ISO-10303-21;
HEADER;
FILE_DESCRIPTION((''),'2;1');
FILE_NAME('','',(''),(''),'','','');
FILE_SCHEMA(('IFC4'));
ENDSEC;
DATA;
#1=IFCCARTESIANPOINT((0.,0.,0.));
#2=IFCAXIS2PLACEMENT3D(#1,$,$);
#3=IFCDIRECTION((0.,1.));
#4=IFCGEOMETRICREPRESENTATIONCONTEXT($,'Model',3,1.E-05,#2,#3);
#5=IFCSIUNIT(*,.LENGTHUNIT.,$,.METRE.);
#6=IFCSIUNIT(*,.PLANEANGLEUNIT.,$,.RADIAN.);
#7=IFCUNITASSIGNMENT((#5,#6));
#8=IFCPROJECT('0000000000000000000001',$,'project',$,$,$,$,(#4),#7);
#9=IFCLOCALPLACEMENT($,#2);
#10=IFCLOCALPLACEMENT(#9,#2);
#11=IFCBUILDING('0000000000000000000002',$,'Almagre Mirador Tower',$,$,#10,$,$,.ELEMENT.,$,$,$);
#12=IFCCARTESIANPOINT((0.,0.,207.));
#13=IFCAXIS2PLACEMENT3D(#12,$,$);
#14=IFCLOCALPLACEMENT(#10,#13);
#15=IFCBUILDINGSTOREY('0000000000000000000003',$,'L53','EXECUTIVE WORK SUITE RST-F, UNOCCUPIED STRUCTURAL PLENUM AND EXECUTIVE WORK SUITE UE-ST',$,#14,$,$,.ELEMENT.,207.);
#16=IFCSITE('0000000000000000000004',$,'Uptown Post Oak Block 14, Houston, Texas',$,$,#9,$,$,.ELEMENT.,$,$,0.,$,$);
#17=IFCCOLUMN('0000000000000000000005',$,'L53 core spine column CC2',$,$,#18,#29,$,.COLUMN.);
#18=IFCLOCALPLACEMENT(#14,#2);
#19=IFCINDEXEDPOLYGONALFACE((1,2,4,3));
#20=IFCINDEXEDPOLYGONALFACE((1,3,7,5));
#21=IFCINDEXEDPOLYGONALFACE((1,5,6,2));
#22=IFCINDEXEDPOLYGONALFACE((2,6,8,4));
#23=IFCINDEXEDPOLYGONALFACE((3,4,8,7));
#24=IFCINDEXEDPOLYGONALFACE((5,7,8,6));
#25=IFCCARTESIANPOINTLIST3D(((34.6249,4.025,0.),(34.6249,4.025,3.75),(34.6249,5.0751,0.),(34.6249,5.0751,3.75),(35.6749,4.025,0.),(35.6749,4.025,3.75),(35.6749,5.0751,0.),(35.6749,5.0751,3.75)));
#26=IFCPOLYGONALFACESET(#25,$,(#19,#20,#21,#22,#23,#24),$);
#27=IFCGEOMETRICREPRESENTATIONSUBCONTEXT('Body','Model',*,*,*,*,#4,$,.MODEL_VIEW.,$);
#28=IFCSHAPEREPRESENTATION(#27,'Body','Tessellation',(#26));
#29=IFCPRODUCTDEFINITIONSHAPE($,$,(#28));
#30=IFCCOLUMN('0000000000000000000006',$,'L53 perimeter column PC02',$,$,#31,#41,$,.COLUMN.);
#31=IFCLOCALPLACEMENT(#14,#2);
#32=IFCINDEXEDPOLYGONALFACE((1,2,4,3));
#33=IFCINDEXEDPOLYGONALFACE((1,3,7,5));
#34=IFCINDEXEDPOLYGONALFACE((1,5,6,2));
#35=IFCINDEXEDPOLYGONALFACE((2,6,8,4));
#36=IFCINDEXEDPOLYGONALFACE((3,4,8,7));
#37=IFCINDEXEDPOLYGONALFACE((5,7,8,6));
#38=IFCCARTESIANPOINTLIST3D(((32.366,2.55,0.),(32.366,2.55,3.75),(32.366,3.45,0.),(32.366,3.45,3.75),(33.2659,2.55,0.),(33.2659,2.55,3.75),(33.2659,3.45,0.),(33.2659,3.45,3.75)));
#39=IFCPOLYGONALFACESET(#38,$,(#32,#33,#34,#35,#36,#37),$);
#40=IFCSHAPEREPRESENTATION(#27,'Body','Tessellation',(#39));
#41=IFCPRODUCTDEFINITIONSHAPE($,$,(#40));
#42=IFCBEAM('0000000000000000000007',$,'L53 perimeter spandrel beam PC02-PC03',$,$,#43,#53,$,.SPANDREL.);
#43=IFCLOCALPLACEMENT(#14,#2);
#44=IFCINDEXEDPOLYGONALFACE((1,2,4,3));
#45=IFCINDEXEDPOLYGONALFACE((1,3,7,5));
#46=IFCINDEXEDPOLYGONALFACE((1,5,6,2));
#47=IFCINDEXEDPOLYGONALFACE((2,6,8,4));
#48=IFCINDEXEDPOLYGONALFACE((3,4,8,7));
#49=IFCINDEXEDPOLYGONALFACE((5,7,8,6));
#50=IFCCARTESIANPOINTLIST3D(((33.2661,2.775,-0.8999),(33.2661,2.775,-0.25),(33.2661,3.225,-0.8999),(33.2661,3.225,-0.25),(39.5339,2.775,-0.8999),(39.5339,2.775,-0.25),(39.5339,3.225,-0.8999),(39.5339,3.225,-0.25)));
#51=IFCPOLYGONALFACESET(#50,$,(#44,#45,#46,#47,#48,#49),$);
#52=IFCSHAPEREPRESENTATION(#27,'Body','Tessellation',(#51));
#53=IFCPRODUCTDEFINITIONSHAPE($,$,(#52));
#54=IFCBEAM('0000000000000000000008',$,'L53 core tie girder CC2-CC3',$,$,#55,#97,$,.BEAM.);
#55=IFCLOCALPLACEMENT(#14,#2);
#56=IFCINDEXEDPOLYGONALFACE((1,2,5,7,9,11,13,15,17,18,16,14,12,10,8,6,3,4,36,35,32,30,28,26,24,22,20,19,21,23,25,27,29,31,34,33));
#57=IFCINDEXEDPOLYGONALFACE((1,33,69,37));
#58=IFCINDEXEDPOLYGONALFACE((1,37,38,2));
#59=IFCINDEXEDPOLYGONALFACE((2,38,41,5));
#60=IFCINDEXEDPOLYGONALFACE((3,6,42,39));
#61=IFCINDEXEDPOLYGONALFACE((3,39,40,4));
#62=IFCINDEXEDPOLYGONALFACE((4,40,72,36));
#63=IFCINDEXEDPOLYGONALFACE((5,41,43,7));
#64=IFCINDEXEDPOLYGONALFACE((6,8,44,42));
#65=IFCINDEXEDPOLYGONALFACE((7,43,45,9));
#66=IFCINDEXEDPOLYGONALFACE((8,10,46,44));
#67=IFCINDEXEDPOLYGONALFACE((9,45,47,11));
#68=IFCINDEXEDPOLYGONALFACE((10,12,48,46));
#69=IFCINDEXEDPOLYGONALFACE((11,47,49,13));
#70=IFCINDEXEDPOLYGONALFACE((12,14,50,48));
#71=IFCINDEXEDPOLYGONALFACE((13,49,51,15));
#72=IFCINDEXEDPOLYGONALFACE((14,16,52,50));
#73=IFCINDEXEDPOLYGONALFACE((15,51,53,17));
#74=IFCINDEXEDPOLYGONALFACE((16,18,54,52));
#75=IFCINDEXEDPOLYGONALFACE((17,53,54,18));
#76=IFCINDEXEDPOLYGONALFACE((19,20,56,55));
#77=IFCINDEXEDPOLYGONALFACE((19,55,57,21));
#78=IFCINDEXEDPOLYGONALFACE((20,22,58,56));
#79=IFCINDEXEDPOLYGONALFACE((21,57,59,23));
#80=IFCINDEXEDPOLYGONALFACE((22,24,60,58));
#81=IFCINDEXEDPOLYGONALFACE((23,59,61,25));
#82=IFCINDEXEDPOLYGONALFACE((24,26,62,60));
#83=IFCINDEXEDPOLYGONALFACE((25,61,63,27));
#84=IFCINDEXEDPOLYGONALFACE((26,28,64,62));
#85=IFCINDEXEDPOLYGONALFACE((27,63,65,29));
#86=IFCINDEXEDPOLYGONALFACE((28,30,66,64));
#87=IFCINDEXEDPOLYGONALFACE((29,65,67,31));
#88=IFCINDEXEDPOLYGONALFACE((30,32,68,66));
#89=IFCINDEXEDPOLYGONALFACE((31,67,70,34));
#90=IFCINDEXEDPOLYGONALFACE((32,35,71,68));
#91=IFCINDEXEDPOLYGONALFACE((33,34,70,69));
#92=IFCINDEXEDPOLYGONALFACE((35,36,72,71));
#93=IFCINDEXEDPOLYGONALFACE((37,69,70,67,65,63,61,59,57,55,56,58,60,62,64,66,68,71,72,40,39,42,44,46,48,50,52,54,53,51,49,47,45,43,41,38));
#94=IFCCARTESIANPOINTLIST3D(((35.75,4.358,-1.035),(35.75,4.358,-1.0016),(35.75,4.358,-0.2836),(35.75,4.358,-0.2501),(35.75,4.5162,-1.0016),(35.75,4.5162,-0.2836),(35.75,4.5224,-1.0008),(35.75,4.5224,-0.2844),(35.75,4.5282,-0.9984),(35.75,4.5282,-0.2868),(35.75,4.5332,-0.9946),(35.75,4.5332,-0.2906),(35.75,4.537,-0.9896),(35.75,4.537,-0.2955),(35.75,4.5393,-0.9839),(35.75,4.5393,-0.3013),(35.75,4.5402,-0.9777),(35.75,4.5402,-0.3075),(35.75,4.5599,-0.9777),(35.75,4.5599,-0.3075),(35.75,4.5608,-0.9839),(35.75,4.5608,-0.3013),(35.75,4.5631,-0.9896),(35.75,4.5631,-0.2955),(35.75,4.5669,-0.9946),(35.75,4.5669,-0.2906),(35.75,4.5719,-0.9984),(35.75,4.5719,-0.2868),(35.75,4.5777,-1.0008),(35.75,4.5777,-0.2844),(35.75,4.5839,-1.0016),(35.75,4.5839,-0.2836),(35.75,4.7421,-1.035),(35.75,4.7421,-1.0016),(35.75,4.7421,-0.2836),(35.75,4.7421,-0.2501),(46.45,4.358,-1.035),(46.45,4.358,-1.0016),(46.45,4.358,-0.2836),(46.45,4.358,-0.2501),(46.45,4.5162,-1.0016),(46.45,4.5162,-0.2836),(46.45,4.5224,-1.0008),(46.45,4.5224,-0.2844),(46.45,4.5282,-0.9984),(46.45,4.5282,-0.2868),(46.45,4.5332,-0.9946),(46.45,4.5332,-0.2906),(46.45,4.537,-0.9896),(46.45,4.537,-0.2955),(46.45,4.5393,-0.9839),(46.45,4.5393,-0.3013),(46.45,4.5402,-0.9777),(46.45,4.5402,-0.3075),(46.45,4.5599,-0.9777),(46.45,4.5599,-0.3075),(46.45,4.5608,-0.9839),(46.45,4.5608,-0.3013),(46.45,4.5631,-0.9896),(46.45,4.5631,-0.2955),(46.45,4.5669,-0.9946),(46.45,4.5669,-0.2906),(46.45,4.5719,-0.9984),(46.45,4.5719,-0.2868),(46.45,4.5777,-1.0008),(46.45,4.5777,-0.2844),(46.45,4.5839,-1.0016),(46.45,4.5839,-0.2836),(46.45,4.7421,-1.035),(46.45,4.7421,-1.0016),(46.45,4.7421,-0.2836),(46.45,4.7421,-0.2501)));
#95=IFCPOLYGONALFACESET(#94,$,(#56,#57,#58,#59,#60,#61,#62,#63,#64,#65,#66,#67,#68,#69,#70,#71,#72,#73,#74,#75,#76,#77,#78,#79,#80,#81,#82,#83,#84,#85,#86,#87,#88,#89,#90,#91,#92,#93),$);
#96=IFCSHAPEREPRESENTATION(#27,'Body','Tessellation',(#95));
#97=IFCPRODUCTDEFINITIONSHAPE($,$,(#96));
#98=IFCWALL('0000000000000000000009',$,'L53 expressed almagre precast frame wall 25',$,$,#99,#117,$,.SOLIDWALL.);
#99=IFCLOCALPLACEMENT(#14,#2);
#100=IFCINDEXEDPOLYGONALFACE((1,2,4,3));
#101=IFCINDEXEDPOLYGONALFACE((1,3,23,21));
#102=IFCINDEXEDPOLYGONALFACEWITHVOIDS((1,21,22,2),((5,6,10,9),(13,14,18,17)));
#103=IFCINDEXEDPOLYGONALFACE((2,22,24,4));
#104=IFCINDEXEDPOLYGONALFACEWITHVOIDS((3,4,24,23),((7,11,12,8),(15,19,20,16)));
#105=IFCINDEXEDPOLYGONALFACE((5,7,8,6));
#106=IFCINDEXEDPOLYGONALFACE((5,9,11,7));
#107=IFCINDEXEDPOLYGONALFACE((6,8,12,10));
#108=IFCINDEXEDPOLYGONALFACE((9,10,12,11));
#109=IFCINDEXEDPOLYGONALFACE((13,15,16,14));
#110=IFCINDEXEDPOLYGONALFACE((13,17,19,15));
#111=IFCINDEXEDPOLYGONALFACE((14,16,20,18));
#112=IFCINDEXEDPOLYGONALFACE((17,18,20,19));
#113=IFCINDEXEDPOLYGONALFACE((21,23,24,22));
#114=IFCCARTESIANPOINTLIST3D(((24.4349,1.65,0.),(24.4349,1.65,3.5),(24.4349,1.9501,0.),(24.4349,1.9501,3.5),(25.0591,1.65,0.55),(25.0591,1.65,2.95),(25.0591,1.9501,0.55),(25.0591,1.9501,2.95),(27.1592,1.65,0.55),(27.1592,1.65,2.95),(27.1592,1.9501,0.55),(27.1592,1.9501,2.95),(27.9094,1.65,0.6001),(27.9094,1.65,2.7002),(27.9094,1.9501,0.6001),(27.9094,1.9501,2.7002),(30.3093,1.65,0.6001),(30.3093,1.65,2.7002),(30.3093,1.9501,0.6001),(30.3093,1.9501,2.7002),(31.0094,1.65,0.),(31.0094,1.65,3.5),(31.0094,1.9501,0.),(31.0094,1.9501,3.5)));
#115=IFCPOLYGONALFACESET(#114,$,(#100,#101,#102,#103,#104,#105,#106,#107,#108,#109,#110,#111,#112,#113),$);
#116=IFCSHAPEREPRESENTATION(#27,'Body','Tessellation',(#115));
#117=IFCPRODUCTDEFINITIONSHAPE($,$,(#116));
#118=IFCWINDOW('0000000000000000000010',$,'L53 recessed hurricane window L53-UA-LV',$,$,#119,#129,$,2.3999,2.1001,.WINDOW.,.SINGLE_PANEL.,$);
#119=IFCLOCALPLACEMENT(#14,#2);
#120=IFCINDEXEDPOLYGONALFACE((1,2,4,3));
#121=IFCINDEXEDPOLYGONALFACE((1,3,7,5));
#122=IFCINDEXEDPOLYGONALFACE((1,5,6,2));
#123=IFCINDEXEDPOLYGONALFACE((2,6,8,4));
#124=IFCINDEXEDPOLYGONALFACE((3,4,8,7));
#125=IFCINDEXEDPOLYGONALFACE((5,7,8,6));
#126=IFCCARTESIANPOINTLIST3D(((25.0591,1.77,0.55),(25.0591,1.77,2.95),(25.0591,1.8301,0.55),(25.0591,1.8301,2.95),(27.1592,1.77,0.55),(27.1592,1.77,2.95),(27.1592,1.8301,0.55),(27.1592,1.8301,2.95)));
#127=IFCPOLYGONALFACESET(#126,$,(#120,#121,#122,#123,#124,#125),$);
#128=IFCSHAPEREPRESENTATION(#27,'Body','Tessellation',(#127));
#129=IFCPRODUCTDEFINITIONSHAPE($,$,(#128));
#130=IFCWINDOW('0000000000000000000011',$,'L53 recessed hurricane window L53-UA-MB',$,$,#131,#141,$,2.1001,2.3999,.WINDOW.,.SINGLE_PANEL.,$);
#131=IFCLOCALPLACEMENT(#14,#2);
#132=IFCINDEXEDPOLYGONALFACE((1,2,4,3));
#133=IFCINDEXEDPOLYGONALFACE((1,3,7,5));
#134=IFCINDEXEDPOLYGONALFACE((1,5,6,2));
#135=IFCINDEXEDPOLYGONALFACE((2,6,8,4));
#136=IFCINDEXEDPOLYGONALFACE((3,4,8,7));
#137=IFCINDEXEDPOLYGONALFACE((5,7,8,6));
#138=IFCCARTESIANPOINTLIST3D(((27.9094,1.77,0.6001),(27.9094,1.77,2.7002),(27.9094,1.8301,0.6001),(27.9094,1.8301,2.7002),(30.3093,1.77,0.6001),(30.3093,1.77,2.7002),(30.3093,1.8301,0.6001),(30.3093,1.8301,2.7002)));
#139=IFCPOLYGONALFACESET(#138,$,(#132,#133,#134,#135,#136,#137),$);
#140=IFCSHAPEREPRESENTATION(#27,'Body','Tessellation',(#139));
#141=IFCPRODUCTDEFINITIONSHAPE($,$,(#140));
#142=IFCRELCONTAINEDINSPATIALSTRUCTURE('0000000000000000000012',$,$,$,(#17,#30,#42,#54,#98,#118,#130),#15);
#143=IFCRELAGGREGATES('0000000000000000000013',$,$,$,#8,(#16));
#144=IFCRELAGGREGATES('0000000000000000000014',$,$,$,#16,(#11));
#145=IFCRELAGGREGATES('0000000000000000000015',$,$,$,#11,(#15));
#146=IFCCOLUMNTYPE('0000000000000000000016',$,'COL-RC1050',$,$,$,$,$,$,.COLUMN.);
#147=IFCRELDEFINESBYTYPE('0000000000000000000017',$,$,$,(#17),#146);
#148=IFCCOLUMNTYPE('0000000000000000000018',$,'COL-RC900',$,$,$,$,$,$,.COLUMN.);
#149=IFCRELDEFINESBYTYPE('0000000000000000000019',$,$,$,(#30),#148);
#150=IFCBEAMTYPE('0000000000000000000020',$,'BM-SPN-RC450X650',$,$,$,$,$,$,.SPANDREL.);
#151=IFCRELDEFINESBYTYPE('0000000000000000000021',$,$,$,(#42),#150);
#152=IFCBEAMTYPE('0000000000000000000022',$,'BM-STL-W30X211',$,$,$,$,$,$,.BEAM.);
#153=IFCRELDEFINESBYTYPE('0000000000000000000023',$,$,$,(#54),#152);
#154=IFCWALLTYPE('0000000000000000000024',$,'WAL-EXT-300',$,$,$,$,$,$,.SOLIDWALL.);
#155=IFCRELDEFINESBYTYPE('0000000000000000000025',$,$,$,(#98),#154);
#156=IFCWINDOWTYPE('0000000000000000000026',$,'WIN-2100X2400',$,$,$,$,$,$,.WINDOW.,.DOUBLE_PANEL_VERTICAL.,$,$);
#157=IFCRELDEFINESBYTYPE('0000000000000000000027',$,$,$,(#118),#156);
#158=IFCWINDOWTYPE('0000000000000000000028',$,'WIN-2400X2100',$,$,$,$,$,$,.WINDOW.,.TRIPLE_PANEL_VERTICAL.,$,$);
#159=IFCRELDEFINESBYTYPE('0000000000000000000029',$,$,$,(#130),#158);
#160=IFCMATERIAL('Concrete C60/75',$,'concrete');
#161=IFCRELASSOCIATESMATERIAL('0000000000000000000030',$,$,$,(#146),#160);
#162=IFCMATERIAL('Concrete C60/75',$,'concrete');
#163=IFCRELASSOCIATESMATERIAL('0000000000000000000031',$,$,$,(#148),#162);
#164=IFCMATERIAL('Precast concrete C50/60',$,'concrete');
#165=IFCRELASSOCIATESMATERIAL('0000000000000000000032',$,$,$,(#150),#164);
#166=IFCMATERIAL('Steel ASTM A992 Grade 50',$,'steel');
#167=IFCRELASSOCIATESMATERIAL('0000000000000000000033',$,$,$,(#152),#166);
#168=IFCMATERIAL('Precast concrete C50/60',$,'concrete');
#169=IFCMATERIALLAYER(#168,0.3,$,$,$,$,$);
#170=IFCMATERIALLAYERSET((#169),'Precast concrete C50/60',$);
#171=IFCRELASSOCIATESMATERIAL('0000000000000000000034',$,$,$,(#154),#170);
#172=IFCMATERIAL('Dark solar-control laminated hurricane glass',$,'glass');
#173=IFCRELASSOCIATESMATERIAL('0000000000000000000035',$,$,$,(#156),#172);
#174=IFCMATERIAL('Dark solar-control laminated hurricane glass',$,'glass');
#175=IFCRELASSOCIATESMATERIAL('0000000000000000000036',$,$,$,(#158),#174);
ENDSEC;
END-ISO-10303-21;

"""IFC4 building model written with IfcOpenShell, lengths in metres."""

from ifc_helpers import new_model, si_unit, direction, frame, frame_2d, origin, origin_2d, place, context, subcontext, project, spatial, rectangle, i_section, extrude, material, layer, layer_set, material_profile, profile_set, type_object, element, fill, save


model = new_model("IFC4")

# Units and contexts
model_context = context("Model", 3, precision=1e-05, world=origin(), true_north=direction((0.0, 1.0)))
body_context = subcontext(model_context, "Body", "Model", "MODEL_VIEW")
ifc_project = project(units=[si_unit("LENGTHUNIT", "METRE"), si_unit("PLANEANGLEUNIT", "RADIAN")], contexts=[model_context])

# Site, building, storey
site_placement = place(None, origin())
site = spatial("IfcSite", under=ifc_project, at=site_placement, Name="Uptown Post Oak Block 14, Houston, Texas", CompositionType="ELEMENT", RefElevation=0.0)
building_placement = place(site_placement, origin())
building = spatial("IfcBuilding", under=site, at=building_placement, Name="Almagre Mirador Tower", CompositionType="ELEMENT")
storey_placement = place(building_placement, frame((0.0, 0.0, 207.0)))
storey = spatial("IfcBuildingStorey", under=building, at=storey_placement, Name="L53", Description="EXECUTIVE WORK SUITE RST-F, UNOCCUPIED STRUCTURAL PLENUM AND EXECUTIVE WORK SUITE UE-ST", CompositionType="ELEMENT", Elevation=207.0)

# Columns
ifc_material_1 = material(Name="Concrete C60/75", Category="concrete")
ifc_material_profile_1 = material_profile(ifc_material_1, rectangle(XDim=1.05, YDim=1.05, at=origin_2d()), Name="RC1050X1050")
ifc_profile_set_1 = profile_set([ifc_material_profile_1], Name="Concrete C60/75")
column_type_1 = type_object("IfcColumnType", Name="COL-RC1050", PredefinedType="COLUMN", material=ifc_profile_set_1)
column_1_placement = place(storey_placement, frame((35.1499, 4.55, 0.0), z_axis=(0.0, 0.0, 1.0), x_axis=(1.0, 0.0, 0.0)))
element("IfcColumn", 1, at=column_1_placement, inside=storey, type_object=column_type_1, Name="L53 core spine column CC2", PredefinedType="COLUMN", context=body_context, shape_type="SweptSolid", body=[
    extrude(rectangle(XDim=1.05, YDim=1.05, at=origin_2d()), origin(), (0.0, 0.0, 1.0), 3.75),
])
ifc_material_2 = material(Name="Concrete C60/75", Category="concrete")
ifc_material_profile_2 = material_profile(ifc_material_2, rectangle(XDim=0.8999, YDim=0.8999, at=origin_2d()), Name="RC900X900")
ifc_profile_set_2 = profile_set([ifc_material_profile_2], Name="Concrete C60/75")
column_type_2 = type_object("IfcColumnType", Name="COL-RC900", PredefinedType="COLUMN", material=ifc_profile_set_2)
column_2_placement = place(storey_placement, frame((32.8159, 3.0, 0.0), z_axis=(0.0, 0.0, 1.0), x_axis=(1.0, 0.0, 0.0)))
element("IfcColumn", 2, at=column_2_placement, inside=storey, type_object=column_type_2, Name="L53 perimeter column PC02", PredefinedType="COLUMN", context=body_context, shape_type="SweptSolid", body=[
    extrude(rectangle(XDim=0.8999, YDim=0.8999, at=origin_2d()), origin(), (0.0, 0.0, 1.0), 3.75),
])

# Beams
ifc_material_3 = material(Name="Precast concrete C50/60", Category="concrete")
ifc_material_profile_3 = material_profile(ifc_material_3, rectangle(XDim=0.45, YDim=0.6499, at=origin_2d()), Name="RC450X650")
ifc_profile_set_3 = profile_set([ifc_material_profile_3], Name="Precast concrete C50/60")
beam_type_1 = type_object("IfcBeamType", Name="BM-SPN-RC450X650", PredefinedType="SPANDREL", material=ifc_profile_set_3)
beam_1_placement = place(storey_placement, frame((33.2661, 3.0, -0.575), z_axis=(1.0, 0.0, 0.0), x_axis=(0.0, 1.0, 0.0)))
element("IfcBeam", 3, at=beam_1_placement, inside=storey, type_object=beam_type_1, Name="L53 perimeter spandrel beam PC02-PC03", PredefinedType="SPANDREL", context=body_context, shape_type="SweptSolid", body=[
    extrude(rectangle(XDim=0.45, YDim=0.6499, at=origin_2d()), origin(), (0.0, 0.0, 1.0), 6.2678),
])
ifc_material_4 = material(Name="Steel ASTM A992 Grade 50", Category="steel")
ifc_material_profile_4 = material_profile(ifc_material_4, i_section(OverallWidth=0.384, OverallDepth=0.7849, WebThickness=0.0198, FlangeThickness=0.0334, FilletRadius=0.0239, at=origin_2d()), Name="W30X211")
ifc_profile_set_4 = profile_set([ifc_material_profile_4], Name="Steel ASTM A992 Grade 50")
beam_type_2 = type_object("IfcBeamType", Name="BM-STL-W30X211", PredefinedType="BEAM", material=ifc_profile_set_4)
beam_2_placement = place(storey_placement, frame((35.75, 4.55, -0.6426), z_axis=(1.0, 0.0, 0.0), x_axis=(0.0, 1.0, 0.0)))
element("IfcBeam", 4, at=beam_2_placement, inside=storey, type_object=beam_type_2, Name="L53 core tie girder CC2-CC3", PredefinedType="BEAM", context=body_context, shape_type="SweptSolid", body=[
    extrude(i_section(OverallWidth=0.384, OverallDepth=0.7849, WebThickness=0.0198, FlangeThickness=0.0334, FilletRadius=0.0239, at=origin_2d()), origin(), (0.0, 0.0, 1.0), 10.7),
])

# Wall, openings, windows
ifc_material_5 = material(Name="Precast concrete C50/60", Category="concrete")
ifc_layer_1 = layer(ifc_material_5, 0.3)
ifc_layer_set_1 = layer_set([ifc_layer_1], Name="Precast concrete C50/60")
wall_type_1 = type_object("IfcWallType", Name="WAL-EXT-300", PredefinedType="SOLIDWALL", material=ifc_layer_set_1)
wall_1_placement = place(storey_placement, frame((31.0093, 1.8, 0.0), z_axis=(0.0, 0.0, 1.0), x_axis=(-1.0, 0.0, 0.0)))
wall_1 = element("IfcWall", 5, at=wall_1_placement, inside=storey, type_object=wall_type_1, Name="L53 expressed almagre precast frame wall 25", PredefinedType="SOLIDWALL", context=body_context, shape_type="SweptSolid", body=[
    extrude(rectangle(XDim=6.5745, YDim=0.3, at=frame_2d((3.2871, 0.0))), origin(), (0.0, 0.0, 1.0), 3.5),
])
opening_1_placement = place(wall_1_placement, frame((3.8501, 0.0, 0.55)))
opening_1 = element("IfcOpeningElement", 6, at=opening_1_placement, cuts=wall_1, PredefinedType="OPENING", context=body_context, shape_type="SweptSolid", body=[
    extrude(rectangle(XDim=2.1001, YDim=2.3999, at=frame_2d((1.05, 1.2))), frame((0.0, 0.1599, 0.0), z_axis=(0.0, -1.0, 0.0), x_axis=(1.0, 0.0, 0.0)), (0.0, 0.0, 1.0), 0.32),
])
opening_2_placement = place(wall_1_placement, frame((0.7, 0.0, 0.6001)))
opening_2 = element("IfcOpeningElement", 7, at=opening_2_placement, cuts=wall_1, PredefinedType="OPENING", context=body_context, shape_type="SweptSolid", body=[
    extrude(rectangle(XDim=2.3999, YDim=2.1001, at=frame_2d((1.2, 1.05))), frame((0.0, 0.1599, 0.0), z_axis=(0.0, -1.0, 0.0), x_axis=(1.0, 0.0, 0.0)), (0.0, 0.0, 1.0), 0.32),
])
ifc_material_6 = material(Name="Dark solar-control laminated hurricane glass", Category="glass")
window_type_1 = type_object("IfcWindowType", Name="WIN-2100X2400", PartitioningType="DOUBLE_PANEL_VERTICAL", PredefinedType="WINDOW", material=ifc_material_6)
window_1_placement = place(opening_1_placement, origin())
window_1 = element("IfcWindow", 8, at=window_1_placement, inside=storey, type_object=window_type_1, Name="L53 recessed hurricane window L53-UA-LV", OverallHeight=2.3999, OverallWidth=2.1001, PartitioningType="SINGLE_PANEL", PredefinedType="WINDOW", context=body_context, shape_type="SweptSolid", body=[
    extrude(rectangle(XDim=2.1001, YDim=2.3999, at=frame_2d((1.05, 1.2))), frame((0.0, 0.03, 0.0), z_axis=(0.0, -1.0, 0.0), x_axis=(1.0, 0.0, 0.0)), (0.0, 0.0, 1.0), 0.0601),
])
fill(opening_1, window_1)
ifc_material_7 = material(Name="Dark solar-control laminated hurricane glass", Category="glass")
window_type_2 = type_object("IfcWindowType", Name="WIN-2400X2100", PartitioningType="TRIPLE_PANEL_VERTICAL", PredefinedType="WINDOW", material=ifc_material_7)
window_2_placement = place(opening_2_placement, origin())
window_2 = element("IfcWindow", 9, at=window_2_placement, inside=storey, type_object=window_type_2, Name="L53 recessed hurricane window L53-UA-MB", OverallHeight=2.1001, OverallWidth=2.3999, PartitioningType="SINGLE_PANEL", PredefinedType="WINDOW", context=body_context, shape_type="SweptSolid", body=[
    extrude(rectangle(XDim=2.3999, YDim=2.1001, at=frame_2d((1.2, 1.05))), frame((0.0, 0.03, 0.0), z_axis=(0.0, -1.0, 0.0), x_axis=(1.0, 0.0, 0.0)), (0.0, 0.0, 1.0), 0.0601),
])
fill(opening_2, window_2)

save(model, "model.ifc")
